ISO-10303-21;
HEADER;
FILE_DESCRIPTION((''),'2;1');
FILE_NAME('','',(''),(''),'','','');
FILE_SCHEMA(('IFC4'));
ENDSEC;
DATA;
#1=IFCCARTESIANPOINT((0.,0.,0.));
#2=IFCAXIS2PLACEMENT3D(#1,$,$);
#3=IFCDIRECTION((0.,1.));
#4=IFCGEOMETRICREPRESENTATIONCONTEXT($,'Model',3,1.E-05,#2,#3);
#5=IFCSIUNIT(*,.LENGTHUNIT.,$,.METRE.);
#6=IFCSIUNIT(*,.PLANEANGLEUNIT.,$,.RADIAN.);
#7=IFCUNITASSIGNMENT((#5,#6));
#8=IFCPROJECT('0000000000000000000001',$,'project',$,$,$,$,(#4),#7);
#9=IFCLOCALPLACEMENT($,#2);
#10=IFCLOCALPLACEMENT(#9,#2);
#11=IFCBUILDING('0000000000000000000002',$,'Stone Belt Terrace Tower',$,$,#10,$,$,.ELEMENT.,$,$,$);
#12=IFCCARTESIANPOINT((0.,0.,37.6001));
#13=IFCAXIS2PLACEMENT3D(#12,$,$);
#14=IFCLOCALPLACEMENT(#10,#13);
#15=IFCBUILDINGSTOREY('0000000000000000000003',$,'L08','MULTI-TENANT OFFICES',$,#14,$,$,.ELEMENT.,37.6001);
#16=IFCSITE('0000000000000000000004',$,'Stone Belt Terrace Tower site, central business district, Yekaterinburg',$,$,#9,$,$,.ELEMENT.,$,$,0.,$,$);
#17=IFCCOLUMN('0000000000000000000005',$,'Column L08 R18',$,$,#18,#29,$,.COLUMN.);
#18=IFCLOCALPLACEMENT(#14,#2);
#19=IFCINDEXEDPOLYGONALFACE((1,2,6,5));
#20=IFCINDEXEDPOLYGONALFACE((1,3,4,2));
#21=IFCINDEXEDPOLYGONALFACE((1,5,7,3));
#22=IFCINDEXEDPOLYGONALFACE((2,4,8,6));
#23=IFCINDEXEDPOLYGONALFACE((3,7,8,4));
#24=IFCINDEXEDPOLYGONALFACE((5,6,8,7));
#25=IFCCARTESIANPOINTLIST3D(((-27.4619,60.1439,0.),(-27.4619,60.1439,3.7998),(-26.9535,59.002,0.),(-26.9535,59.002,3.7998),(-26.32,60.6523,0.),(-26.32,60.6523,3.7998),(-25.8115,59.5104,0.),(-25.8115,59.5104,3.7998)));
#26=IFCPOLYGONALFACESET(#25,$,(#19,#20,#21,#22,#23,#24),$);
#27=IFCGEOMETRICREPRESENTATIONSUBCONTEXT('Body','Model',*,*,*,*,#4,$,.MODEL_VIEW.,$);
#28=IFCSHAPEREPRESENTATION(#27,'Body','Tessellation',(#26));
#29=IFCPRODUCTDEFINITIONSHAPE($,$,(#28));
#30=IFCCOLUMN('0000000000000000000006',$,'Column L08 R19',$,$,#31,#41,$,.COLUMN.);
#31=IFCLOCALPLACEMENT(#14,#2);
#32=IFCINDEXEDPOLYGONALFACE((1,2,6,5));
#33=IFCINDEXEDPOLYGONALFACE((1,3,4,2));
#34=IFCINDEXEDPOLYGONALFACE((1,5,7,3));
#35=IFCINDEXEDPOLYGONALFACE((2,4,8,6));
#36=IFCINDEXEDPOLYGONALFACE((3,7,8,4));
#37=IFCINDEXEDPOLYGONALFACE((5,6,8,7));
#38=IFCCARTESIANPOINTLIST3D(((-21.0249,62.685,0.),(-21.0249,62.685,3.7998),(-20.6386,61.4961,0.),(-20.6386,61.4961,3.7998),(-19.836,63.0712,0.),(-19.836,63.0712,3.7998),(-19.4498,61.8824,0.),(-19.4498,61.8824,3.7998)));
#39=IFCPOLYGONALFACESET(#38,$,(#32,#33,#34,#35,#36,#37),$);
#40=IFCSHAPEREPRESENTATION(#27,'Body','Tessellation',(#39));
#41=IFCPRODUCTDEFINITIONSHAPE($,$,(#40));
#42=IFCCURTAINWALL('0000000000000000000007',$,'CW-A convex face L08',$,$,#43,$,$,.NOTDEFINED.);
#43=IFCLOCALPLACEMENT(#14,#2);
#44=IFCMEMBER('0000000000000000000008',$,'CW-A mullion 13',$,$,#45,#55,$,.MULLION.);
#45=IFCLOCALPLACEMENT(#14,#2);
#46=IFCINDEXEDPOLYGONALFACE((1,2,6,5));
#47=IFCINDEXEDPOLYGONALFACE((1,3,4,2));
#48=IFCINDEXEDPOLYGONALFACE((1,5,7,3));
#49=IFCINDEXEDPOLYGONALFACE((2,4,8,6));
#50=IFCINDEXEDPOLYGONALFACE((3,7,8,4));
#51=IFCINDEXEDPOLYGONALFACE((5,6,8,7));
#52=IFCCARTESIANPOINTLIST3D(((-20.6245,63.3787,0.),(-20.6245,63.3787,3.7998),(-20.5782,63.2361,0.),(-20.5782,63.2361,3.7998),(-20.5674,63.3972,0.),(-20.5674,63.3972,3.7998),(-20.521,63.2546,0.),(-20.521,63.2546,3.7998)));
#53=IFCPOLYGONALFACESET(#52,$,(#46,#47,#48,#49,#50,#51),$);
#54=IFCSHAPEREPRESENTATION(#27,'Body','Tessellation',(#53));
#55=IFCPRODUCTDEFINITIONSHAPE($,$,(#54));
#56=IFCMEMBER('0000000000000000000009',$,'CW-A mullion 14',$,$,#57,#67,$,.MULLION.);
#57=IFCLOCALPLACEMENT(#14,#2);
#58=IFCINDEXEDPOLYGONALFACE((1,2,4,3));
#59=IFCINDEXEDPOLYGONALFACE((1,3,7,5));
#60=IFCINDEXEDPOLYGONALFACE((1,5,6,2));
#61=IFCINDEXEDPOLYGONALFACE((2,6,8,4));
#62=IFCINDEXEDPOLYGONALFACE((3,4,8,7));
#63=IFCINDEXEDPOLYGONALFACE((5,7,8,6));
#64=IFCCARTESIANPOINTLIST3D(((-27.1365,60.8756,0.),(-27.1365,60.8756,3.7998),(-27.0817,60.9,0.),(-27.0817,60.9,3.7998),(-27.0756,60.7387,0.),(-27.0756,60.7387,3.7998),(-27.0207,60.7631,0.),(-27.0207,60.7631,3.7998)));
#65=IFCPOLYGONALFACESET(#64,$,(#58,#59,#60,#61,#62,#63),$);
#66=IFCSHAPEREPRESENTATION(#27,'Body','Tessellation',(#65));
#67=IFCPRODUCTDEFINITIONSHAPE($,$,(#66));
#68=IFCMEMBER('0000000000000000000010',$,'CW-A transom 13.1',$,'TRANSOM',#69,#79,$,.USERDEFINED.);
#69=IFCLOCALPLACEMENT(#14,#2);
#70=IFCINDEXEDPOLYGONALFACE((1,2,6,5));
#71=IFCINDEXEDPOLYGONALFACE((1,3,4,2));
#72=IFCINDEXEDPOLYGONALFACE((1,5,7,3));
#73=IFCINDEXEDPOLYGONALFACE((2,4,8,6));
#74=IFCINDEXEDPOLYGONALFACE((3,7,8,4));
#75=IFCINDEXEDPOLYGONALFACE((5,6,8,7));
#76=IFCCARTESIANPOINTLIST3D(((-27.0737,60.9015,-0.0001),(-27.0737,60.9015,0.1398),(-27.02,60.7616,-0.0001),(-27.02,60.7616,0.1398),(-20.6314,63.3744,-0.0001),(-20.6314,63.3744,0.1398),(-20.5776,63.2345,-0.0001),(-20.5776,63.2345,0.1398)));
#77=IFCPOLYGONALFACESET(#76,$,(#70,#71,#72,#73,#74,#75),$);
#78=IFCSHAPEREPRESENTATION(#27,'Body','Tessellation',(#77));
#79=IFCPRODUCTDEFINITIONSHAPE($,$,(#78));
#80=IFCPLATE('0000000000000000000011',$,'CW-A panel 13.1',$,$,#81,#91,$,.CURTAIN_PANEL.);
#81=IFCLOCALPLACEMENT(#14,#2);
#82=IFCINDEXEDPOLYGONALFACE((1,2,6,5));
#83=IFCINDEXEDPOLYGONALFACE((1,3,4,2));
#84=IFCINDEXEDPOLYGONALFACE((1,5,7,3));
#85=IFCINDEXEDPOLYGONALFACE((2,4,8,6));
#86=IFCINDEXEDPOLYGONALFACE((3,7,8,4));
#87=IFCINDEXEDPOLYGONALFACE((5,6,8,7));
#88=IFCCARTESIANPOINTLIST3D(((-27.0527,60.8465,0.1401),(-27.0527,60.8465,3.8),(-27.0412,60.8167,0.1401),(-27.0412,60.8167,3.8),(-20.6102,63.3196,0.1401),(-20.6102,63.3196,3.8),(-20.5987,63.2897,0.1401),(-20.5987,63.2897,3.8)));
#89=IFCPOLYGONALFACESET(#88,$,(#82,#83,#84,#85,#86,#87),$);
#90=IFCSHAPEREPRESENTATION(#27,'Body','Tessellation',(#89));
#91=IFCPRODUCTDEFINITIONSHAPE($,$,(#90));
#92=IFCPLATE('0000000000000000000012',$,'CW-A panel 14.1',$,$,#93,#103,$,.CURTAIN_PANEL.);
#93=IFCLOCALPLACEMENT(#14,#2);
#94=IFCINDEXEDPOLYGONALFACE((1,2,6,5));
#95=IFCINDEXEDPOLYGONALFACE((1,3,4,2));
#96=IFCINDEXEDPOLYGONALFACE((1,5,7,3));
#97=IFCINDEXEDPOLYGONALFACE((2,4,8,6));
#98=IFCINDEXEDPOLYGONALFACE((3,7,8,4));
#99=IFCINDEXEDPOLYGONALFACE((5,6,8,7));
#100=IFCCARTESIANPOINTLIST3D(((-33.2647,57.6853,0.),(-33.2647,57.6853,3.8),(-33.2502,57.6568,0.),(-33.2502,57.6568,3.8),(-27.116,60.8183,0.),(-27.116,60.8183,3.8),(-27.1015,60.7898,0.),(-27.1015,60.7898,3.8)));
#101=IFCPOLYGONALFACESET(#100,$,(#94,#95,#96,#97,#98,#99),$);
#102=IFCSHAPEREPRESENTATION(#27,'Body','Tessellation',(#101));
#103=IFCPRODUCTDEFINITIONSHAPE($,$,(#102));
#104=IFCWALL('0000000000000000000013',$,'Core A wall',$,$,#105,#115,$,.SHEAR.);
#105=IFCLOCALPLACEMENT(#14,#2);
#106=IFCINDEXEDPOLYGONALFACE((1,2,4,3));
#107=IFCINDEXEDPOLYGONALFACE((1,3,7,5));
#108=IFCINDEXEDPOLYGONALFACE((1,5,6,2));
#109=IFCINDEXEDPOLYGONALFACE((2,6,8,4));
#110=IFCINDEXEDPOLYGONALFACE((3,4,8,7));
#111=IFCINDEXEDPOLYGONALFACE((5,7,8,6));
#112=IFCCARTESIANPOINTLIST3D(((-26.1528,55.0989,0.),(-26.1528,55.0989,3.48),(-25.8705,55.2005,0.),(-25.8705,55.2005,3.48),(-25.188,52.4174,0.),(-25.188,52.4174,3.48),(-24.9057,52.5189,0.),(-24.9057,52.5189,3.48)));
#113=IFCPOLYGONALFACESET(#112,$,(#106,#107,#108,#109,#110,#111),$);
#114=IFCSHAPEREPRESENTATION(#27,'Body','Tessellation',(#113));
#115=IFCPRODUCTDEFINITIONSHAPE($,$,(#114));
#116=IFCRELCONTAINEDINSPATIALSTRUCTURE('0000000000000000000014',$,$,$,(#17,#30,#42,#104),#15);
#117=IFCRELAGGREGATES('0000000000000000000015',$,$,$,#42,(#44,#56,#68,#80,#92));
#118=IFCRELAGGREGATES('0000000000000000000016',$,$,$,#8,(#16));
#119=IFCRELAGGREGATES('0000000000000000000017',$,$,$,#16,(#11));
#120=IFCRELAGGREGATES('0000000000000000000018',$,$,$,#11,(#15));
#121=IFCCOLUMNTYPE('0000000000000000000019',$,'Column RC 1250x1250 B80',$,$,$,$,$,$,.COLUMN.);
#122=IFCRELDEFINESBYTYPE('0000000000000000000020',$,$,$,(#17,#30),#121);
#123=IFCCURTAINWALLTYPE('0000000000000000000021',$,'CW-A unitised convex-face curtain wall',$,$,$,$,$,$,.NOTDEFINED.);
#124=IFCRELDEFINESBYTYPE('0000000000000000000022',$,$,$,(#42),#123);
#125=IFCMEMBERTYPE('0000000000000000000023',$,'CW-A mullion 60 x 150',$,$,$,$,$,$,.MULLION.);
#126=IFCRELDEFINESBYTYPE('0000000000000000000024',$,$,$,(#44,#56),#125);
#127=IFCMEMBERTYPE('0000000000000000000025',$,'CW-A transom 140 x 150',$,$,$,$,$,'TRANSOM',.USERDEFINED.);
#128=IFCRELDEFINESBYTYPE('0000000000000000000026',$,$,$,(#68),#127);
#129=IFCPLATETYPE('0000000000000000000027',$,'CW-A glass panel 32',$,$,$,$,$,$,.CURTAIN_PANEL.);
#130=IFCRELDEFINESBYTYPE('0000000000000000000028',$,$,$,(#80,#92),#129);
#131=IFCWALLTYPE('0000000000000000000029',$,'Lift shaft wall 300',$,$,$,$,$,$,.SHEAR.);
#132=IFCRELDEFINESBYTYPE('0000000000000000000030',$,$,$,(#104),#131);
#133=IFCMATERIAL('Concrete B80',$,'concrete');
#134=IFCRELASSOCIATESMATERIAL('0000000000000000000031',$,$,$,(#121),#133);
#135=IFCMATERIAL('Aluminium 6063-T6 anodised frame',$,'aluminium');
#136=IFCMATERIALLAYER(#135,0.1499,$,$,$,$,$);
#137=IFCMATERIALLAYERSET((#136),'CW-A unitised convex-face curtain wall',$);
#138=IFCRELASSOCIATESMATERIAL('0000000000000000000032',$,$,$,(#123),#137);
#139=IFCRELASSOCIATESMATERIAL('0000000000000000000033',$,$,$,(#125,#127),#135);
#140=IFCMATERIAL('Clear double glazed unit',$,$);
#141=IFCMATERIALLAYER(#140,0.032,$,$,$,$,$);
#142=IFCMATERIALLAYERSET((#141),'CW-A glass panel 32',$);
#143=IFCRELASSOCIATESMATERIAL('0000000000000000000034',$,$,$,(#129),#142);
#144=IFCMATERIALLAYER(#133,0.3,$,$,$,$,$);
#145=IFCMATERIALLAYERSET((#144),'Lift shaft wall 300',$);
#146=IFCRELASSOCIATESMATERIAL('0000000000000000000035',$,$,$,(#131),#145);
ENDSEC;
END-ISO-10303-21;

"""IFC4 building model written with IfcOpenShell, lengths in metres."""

from ifc_helpers import new_model, si_unit, direction, frame, frame_2d, origin, origin_2d, place, context, subcontext, project, spatial, rectangle, extrude, material, layer, layer_set, material_profile, profile_set, type_object, element, aggregate, save


model = new_model("IFC4")

# Units and contexts
model_context = context("Model", 3, precision=1e-05, world=origin(), true_north=direction((0.0, 1.0)))
body_context = subcontext(model_context, "Body", "Model", "MODEL_VIEW")
ifc_project = project(units=[si_unit("LENGTHUNIT", "METRE"), si_unit("PLANEANGLEUNIT", "RADIAN")], contexts=[model_context])

# Site, building, storey
site_placement = place(None, origin())
site = spatial("IfcSite", under=ifc_project, at=site_placement, Name="Stone Belt Terrace Tower site, central business district, Yekaterinburg", CompositionType="ELEMENT", RefElevation=0.0)
building_placement = place(site_placement, origin())
building = spatial("IfcBuilding", under=site, at=building_placement, Name="Stone Belt Terrace Tower", CompositionType="ELEMENT")
storey_placement = place(building_placement, frame((0.0, 0.0, 37.6001)))
storey = spatial("IfcBuildingStorey", under=building, at=storey_placement, Name="L08", Description="MULTI-TENANT OFFICES", CompositionType="ELEMENT", Elevation=37.6001)

# Columns
ifc_material_1 = material(Name="Concrete B80", Category="concrete")
ifc_material_profile_1 = material_profile(ifc_material_1, rectangle(XDim=1.25, YDim=1.25, at=origin_2d()), Name="RC 1250x1250")
ifc_profile_set_1 = profile_set([ifc_material_profile_1], Name="Concrete B80")
column_type = type_object("IfcColumnType", Name="Column RC 1250x1250 B80", PredefinedType="COLUMN", material=ifc_profile_set_1)
for number, where, z_axis, x_axis, name in (
    (1, (-26.6367, 59.8271, 0.0), (0.0, 0.0, 1.0), (0.913545, 0.406737, 0.0), "Column L08 R18"),
    (2, (-20.2373, 62.2837, 0.0), (0.0, 0.0, 1.0), (0.951057, 0.309017, 0.0), "Column L08 R19"),
):
    element("IfcColumn", number, at=place(storey_placement, frame(where, z_axis=z_axis, x_axis=x_axis)), inside=storey, type_object=column_type, Name=name, PredefinedType="COLUMN", context=body_context, shape_type="SweptSolid", body=[
        extrude(rectangle(XDim=1.25, YDim=1.25, at=origin_2d()), origin(), (0.0, 0.0, 1.0), 3.7998),
    ])

# Curtain wall, members, plates
ifc_material_2 = material(Name="Aluminium 6063-T6 anodised frame", Category="aluminium")
ifc_layer_1 = layer(ifc_material_2, 0.1499)
ifc_layer_set_1 = layer_set([ifc_layer_1], Name="CW-A unitised convex-face curtain wall")
curtain_wall_type = type_object("IfcCurtainWallType", Name="CW-A unitised convex-face curtain wall", PredefinedType="NOTDEFINED", material=ifc_layer_set_1)
curtain_wall_placement = place(storey_placement, origin())
curtain_wall = element("IfcCurtainWall", 3, at=curtain_wall_placement, inside=storey, type_object=curtain_wall_type, Name="CW-A convex face L08", PredefinedType="NOTDEFINED")
ifc_material_profile_2 = material_profile(ifc_material_2, rectangle(XDim=0.1499, YDim=0.0601, at=origin_2d()), Name="Aluminium 6063-T6 60x150")
ifc_profile_set_2 = profile_set([ifc_material_profile_2], Name="Aluminium 6063-T6 anodised frame")
member_type_1 = type_object("IfcMemberType", Name="CW-A mullion 60 x 150", PredefinedType="MULLION", material=ifc_profile_set_2)
member_1_placement = place(storey_placement, frame((-20.5728, 63.3167, 0.0), z_axis=(0.0, 0.0, 1.0), x_axis=(0.309017, -0.951057, 0.0)))
member_1 = element("IfcMember", 4, at=member_1_placement, type_object=member_type_1, Name="CW-A mullion 13", PredefinedType="MULLION", context=body_context, shape_type="SweptSolid", body=[
    extrude(rectangle(XDim=0.1499, YDim=0.0601, at=origin_2d()), origin(), (0.0, 0.0, 1.0), 3.7998),
])
member_2_placement = place(storey_placement, frame((-27.0786, 60.8193, 0.0), z_axis=(0.0, 0.0, 1.0), x_axis=(0.406737, -0.913545, 0.0)))
member_2 = element("IfcMember", 5, at=member_2_placement, type_object=member_type_1, Name="CW-A mullion 14", PredefinedType="MULLION", context=body_context, shape_type="SweptSolid", body=[
    extrude(rectangle(XDim=0.1499, YDim=0.0601, at=origin_2d()), origin(), (0.0, 0.0, 1.0), 3.7998),
])
ifc_material_profile_3 = material_profile(ifc_material_2, rectangle(XDim=0.1499, YDim=0.1399, at=origin_2d()), Name="Aluminium 6063-T6 150x140")
ifc_profile_set_3 = profile_set([ifc_material_profile_3], Name="Aluminium 6063-T6 anodised frame")
member_type_2 = type_object("IfcMemberType", Name="CW-A transom 140 x 150", ElementType="TRANSOM", PredefinedType="USERDEFINED", material=ifc_profile_set_3)
member_3_placement = place(storey_placement, frame((-20.6045, 63.3044, 0.0698), z_axis=(-0.933585, -0.358355, 0.0), x_axis=(0.358355, -0.933585, 0.0)))
member_3 = element("IfcMember", 6, at=member_3_placement, type_object=member_type_2, Name="CW-A transom 13.1", ObjectType="TRANSOM", PredefinedType="USERDEFINED", context=body_context, shape_type="SweptSolid", body=[
    extrude(rectangle(XDim=0.1499, YDim=0.1399, at=origin_2d()), origin(), (0.0, 0.0, 1.0), 6.9006),
])
ifc_material_3 = material(Name="Clear double glazed unit")
ifc_layer_2 = layer(ifc_material_3, 0.032)
ifc_layer_set_2 = layer_set([ifc_layer_2], Name="CW-A glass panel 32")
plate_type = type_object("IfcPlateType", Name="CW-A glass panel 32", PredefinedType="CURTAIN_PANEL", material=ifc_layer_set_2)
plate_1_placement = place(storey_placement, frame((-23.8257, 62.0681, 0.1401), z_axis=(0.0, 0.0, 1.0), x_axis=(-0.93358, -0.358368, 0.0)))
plate_1 = element("IfcPlate", 7, at=plate_1_placement, type_object=plate_type, Name="CW-A panel 13.1", PredefinedType="CURTAIN_PANEL", context=body_context, shape_type="SweptSolid", body=[
    extrude(rectangle(XDim=6.9009, YDim=0.032, at=origin_2d()), origin(), (0.0, 0.0, 1.0), 3.6599),
])
plate_2_placement = place(storey_placement, frame((-30.1831, 59.2375, 0.0), z_axis=(0.0, 0.0, 1.0), x_axis=(-0.891007, -0.45399, 0.0)))
plate_2 = element("IfcPlate", 8, at=plate_2_placement, type_object=plate_type, Name="CW-A panel 14.1", PredefinedType="CURTAIN_PANEL", context=body_context, shape_type="SweptSolid", body=[
    extrude(rectangle(XDim=6.9009, YDim=0.032, at=origin_2d()), origin(), (0.0, 0.0, 1.0), 3.8),
])
aggregate(curtain_wall, [member_1, member_2, member_3, plate_1, plate_2])

# Wall
ifc_layer_3 = layer(ifc_material_1, 0.3)
ifc_layer_set_3 = layer_set([ifc_layer_3], Name="Lift shaft wall 300")
wall_type = type_object("IfcWallType", Name="Lift shaft wall 300", PredefinedType="SHEAR", material=ifc_layer_set_3)
wall_1_placement = place(storey_placement, frame((-25.0469, 52.4683, 0.0), z_axis=(0.0, 0.0, 1.0), x_axis=(-0.33855, 0.940949, 0.0)))
element("IfcWall", 9, at=wall_1_placement, inside=storey, type_object=wall_type, Name="Core A wall", PredefinedType="SHEAR", context=body_context, shape_type="SweptSolid", body=[
    extrude(rectangle(XDim=2.8499, YDim=0.3, at=frame_2d((1.4248, 0.0))), origin(), (0.0, 0.0, 1.0), 3.48),
])

save(model, "model.ifc")
